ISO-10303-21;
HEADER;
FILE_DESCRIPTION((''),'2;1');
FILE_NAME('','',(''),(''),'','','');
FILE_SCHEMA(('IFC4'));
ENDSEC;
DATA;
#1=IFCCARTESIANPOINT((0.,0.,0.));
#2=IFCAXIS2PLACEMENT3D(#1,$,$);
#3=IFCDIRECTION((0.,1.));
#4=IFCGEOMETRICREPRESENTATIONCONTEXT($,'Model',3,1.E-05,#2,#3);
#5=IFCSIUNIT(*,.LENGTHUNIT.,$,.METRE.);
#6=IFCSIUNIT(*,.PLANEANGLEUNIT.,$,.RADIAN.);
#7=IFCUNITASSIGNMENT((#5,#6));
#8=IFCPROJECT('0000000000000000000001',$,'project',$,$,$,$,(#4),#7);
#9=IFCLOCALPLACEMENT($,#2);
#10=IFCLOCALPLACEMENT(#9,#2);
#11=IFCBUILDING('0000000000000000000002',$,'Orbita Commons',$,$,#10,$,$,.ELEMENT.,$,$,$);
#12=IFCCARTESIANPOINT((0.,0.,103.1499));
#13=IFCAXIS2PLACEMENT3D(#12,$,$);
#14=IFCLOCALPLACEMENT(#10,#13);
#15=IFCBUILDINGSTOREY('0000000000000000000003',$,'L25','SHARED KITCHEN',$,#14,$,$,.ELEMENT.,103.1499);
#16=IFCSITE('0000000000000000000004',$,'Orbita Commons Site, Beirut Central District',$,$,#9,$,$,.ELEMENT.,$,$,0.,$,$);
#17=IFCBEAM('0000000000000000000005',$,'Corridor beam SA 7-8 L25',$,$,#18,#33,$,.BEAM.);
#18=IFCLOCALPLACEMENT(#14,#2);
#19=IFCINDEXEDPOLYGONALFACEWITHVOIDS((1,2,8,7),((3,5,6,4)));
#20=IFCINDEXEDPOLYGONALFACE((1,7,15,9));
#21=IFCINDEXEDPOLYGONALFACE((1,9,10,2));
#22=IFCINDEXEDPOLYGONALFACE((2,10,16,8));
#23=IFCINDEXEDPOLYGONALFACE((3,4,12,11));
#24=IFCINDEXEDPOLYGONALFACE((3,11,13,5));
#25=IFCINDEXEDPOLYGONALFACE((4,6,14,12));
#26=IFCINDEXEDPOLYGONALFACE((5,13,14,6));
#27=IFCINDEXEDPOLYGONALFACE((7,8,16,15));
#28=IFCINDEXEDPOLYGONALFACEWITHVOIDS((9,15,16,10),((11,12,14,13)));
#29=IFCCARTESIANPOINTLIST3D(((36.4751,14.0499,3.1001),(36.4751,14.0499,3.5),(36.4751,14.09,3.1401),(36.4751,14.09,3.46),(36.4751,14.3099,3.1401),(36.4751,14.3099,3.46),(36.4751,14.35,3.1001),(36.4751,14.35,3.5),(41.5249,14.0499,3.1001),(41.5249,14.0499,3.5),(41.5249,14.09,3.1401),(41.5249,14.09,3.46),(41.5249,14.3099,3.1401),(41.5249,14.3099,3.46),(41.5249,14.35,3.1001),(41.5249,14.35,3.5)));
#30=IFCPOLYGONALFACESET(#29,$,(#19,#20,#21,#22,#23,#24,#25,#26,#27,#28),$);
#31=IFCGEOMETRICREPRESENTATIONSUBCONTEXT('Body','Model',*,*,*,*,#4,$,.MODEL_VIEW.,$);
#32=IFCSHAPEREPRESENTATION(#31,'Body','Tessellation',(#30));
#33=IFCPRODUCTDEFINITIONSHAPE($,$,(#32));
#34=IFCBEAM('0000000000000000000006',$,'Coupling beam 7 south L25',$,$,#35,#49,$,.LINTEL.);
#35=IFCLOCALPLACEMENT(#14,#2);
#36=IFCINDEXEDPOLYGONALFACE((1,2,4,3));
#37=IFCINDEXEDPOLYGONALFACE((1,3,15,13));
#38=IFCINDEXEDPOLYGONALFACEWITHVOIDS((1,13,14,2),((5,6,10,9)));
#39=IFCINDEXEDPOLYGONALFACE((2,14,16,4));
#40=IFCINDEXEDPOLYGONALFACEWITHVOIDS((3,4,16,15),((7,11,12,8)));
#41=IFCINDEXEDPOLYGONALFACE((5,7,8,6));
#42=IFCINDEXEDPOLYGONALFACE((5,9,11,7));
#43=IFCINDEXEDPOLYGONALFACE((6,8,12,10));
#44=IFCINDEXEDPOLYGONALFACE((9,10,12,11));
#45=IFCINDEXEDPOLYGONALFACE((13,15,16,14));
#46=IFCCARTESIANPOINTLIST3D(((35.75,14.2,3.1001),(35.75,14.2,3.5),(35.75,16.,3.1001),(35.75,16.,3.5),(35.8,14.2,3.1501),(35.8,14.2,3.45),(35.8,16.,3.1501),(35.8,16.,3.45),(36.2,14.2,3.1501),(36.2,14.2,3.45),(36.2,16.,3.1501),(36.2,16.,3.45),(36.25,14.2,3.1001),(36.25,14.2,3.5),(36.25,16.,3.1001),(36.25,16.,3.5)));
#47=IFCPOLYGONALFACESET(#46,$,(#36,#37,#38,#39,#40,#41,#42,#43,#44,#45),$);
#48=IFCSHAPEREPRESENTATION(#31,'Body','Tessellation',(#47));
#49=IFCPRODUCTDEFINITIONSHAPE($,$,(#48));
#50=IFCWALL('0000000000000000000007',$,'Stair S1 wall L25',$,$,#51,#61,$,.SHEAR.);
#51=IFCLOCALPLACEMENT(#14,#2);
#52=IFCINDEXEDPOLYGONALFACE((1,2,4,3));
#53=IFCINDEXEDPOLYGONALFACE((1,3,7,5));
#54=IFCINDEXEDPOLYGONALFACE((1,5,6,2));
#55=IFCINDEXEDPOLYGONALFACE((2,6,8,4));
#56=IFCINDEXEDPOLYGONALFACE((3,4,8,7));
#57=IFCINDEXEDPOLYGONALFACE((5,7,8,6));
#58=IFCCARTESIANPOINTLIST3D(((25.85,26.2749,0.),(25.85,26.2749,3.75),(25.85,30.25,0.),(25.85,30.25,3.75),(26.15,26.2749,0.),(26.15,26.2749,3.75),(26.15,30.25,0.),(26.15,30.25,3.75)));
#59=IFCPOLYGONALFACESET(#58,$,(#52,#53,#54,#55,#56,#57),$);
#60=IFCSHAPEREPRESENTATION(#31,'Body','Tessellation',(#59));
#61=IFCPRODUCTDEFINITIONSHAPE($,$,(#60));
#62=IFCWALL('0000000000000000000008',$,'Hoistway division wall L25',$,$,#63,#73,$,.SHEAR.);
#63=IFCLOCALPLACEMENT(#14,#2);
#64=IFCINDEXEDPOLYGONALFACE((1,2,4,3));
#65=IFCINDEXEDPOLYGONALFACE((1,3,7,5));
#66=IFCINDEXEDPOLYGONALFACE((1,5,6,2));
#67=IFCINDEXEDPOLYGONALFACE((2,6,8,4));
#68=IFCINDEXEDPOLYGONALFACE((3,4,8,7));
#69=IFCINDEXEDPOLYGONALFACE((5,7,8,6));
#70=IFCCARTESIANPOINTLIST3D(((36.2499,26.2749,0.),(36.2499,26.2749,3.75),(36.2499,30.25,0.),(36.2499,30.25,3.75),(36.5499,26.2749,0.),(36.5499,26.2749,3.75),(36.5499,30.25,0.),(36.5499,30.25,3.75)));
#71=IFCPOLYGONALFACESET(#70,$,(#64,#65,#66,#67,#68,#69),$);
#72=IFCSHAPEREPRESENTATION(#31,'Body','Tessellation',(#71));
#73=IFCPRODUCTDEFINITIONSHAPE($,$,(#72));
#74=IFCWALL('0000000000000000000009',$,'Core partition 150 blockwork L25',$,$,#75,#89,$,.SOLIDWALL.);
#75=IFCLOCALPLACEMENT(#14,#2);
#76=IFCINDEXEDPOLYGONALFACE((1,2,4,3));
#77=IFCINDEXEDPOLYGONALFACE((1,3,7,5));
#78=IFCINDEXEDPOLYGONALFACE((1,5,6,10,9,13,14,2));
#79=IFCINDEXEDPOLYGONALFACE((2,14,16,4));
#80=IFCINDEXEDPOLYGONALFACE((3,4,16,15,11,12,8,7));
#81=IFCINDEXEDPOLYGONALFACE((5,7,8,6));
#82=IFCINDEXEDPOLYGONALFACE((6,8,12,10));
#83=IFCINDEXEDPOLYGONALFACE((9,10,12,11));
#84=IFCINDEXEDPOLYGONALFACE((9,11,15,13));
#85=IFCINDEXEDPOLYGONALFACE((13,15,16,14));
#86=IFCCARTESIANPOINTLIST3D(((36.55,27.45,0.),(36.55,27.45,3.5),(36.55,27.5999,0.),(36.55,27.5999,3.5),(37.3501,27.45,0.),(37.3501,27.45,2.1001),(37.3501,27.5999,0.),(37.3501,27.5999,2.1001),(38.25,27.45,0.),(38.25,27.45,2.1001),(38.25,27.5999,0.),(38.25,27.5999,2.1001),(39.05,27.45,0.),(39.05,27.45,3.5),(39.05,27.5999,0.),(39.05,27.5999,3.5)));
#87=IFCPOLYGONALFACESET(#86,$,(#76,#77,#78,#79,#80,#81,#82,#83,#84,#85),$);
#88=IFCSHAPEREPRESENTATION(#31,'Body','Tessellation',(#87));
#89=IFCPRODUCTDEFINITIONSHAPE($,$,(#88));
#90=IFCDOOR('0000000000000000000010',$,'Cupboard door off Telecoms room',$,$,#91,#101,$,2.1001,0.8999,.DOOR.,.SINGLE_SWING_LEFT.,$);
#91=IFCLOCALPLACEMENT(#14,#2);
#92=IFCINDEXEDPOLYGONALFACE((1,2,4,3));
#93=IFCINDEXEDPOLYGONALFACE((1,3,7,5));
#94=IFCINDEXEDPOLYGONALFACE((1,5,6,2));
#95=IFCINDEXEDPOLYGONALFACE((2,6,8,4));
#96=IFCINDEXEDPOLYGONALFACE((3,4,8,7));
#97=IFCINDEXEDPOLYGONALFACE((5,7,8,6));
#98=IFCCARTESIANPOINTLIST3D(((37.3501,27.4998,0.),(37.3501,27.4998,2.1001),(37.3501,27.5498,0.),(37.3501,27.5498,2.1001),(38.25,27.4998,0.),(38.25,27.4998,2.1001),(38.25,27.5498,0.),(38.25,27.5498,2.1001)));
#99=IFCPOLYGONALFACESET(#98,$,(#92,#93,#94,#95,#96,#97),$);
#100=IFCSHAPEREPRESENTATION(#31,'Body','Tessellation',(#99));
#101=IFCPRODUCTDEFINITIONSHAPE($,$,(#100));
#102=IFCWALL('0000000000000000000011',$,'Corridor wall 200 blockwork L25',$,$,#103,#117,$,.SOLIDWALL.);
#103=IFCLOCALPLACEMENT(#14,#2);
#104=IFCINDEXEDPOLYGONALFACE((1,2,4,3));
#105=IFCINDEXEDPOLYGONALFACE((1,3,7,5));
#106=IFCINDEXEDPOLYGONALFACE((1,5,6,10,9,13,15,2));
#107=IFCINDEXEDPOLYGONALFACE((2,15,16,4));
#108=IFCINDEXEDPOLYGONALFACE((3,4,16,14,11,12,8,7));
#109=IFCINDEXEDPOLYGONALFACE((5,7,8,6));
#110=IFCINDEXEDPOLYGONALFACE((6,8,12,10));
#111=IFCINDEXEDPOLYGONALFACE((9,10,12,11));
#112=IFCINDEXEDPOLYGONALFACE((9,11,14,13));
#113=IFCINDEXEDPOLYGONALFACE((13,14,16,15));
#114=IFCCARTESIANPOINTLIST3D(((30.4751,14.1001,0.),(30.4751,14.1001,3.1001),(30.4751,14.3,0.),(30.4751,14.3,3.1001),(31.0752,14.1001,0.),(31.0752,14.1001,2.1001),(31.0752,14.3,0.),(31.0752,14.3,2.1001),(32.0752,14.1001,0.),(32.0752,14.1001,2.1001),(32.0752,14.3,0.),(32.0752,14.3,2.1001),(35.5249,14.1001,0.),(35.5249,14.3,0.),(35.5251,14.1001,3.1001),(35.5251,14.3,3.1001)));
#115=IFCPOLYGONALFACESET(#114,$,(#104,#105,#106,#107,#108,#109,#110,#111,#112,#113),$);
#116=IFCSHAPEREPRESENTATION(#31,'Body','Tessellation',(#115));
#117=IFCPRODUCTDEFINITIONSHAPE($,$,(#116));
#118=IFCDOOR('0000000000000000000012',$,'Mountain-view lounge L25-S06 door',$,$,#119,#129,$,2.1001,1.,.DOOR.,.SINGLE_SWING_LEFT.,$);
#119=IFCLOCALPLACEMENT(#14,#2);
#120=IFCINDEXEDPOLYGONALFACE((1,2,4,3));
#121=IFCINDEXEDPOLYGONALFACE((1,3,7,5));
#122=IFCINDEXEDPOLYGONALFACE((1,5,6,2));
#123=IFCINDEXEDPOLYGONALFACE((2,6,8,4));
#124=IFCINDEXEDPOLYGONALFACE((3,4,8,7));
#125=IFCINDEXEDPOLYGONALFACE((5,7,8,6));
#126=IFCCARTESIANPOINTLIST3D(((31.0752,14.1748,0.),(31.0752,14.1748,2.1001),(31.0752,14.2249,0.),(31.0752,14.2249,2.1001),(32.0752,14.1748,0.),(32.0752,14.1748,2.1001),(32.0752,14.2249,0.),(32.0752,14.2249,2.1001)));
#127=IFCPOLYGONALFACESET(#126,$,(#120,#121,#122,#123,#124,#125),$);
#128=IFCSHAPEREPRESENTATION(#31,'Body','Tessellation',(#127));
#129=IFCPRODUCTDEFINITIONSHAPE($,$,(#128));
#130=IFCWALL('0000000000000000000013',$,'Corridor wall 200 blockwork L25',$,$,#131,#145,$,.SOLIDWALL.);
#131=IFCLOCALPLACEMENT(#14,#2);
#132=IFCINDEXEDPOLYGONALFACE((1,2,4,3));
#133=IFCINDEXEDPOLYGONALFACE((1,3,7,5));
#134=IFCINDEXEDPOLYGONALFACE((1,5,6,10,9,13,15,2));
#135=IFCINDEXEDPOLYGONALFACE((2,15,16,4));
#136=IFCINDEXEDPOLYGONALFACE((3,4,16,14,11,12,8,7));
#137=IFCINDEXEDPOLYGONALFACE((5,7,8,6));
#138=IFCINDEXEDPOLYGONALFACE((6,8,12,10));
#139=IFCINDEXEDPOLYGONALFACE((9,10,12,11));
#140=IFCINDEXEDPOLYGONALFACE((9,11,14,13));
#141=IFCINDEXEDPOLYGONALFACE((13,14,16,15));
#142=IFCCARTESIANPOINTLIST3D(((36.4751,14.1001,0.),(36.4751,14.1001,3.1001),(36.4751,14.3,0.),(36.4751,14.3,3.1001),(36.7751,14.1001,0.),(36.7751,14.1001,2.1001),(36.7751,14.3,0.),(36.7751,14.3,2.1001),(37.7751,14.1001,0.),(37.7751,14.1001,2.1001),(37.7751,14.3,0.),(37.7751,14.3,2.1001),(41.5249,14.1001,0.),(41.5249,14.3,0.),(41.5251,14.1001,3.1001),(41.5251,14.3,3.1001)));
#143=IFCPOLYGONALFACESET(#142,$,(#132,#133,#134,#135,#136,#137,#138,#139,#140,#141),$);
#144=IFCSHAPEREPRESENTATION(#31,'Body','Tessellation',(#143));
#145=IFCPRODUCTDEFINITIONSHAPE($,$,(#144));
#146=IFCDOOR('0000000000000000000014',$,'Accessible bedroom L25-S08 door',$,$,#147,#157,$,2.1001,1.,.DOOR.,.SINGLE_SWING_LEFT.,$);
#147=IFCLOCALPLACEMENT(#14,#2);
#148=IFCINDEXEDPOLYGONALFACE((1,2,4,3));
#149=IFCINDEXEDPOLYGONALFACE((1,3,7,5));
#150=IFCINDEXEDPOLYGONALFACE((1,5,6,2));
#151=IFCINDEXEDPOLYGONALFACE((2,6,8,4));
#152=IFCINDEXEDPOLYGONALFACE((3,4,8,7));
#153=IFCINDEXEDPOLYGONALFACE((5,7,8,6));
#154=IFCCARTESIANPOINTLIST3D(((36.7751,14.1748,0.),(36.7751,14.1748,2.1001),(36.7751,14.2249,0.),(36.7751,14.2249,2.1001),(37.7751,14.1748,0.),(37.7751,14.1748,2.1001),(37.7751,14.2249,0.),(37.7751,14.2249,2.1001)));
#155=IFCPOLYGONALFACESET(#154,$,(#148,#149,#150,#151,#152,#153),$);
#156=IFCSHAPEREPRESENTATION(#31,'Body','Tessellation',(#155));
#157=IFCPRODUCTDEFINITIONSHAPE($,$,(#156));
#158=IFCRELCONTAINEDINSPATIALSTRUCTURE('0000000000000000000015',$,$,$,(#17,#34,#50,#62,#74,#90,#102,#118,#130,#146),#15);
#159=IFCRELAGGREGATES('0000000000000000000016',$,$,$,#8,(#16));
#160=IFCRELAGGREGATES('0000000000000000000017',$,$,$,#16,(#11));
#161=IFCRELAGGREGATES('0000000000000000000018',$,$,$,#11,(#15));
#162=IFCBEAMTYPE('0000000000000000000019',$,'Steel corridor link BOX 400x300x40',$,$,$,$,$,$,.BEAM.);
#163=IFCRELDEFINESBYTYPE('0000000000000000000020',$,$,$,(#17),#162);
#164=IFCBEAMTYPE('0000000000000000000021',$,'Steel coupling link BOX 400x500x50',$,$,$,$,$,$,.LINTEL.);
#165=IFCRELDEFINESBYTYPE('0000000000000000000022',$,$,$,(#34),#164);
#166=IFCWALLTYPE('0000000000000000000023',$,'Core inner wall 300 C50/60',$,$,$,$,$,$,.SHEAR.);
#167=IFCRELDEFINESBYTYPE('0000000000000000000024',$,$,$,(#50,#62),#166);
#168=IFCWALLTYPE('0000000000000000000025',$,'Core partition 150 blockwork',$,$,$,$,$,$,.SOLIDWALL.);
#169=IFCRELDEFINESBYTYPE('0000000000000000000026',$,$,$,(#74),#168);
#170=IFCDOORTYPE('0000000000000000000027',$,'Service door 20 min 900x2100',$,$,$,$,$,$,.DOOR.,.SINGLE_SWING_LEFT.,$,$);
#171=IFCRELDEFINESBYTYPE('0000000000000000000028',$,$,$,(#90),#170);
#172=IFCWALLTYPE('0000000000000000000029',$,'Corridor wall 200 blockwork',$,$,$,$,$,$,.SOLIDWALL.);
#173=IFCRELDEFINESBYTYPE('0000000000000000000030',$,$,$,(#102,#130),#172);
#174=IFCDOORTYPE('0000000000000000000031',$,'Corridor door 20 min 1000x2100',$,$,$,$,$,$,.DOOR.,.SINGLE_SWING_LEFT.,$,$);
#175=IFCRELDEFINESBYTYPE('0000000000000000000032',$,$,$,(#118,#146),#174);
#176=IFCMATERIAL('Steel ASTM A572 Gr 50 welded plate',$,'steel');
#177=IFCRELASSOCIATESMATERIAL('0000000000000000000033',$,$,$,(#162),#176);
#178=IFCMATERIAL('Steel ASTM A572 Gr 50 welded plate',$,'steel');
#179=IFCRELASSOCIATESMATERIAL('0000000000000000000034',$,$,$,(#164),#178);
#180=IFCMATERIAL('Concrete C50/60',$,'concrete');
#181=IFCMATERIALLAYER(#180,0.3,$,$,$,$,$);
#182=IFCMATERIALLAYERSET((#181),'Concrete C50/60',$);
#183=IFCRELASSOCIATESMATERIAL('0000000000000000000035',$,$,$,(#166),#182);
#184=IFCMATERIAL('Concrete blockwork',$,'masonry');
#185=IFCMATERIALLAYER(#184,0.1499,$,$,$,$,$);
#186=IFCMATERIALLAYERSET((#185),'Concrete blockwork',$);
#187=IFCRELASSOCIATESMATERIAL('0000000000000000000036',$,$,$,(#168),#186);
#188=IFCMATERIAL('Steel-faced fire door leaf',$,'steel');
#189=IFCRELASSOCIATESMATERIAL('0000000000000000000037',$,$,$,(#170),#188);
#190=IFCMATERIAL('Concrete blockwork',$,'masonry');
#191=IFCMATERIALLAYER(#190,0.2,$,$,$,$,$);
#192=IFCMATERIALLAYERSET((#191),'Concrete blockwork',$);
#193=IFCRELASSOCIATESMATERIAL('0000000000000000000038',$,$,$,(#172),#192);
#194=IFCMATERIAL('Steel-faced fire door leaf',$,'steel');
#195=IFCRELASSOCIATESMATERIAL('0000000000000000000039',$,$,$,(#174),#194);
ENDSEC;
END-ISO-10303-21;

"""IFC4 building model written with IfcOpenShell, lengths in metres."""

from ifc_helpers import new_model, si_unit, direction, frame, frame_2d, origin, origin_2d, place, context, subcontext, project, spatial, polyline, rectangle, hollow_rectangle, outline, extrude, material, layer, layer_set, material_profile, profile_set, type_object, element, fill, save


model = new_model("IFC4")

# Units and contexts
model_context = context("Model", 3, precision=1e-05, world=origin(), true_north=direction((0.0, 1.0)))
body_context = subcontext(model_context, "Body", "Model", "MODEL_VIEW")
ifc_project = project(units=[si_unit("LENGTHUNIT", "METRE"), si_unit("PLANEANGLEUNIT", "RADIAN")], contexts=[model_context])

# Site, building, storey
site_placement = place(None, origin())
site = spatial("IfcSite", under=ifc_project, at=site_placement, Name="Orbita Commons Site, Beirut Central District", CompositionType="ELEMENT", RefElevation=0.0)
building_placement = place(site_placement, origin())
building = spatial("IfcBuilding", under=site, at=building_placement, Name="Orbita Commons", CompositionType="ELEMENT")
storey_placement = place(building_placement, frame((0.0, 0.0, 103.1499)))
storey = spatial("IfcBuildingStorey", under=building, at=storey_placement, Name="L25", Description="SHARED KITCHEN", CompositionType="ELEMENT", Elevation=103.1499)

# Beams
ifc_material_1 = material(Name="Steel ASTM A572 Gr 50 welded plate", Category="steel")
ifc_material_profile_1 = material_profile(ifc_material_1, hollow_rectangle(XDim=0.3, YDim=0.3999, WallThickness=0.04, at=origin_2d()), Name="BOX 400x300x40")
ifc_profile_set_1 = profile_set([ifc_material_profile_1], Name="Steel ASTM A572 Gr 50 welded plate")
beam_type_1 = type_object("IfcBeamType", Name="Steel corridor link BOX 400x300x40", PredefinedType="BEAM", material=ifc_profile_set_1)
beam_1_placement = place(storey_placement, frame((36.4751, 14.2, 3.3), z_axis=(1.0, 0.0, 0.0), x_axis=(0.0, 1.0, 0.0)))
element("IfcBeam", 1, at=beam_1_placement, inside=storey, type_object=beam_type_1, Name="Corridor beam SA 7-8 L25", PredefinedType="BEAM", context=body_context, shape_type="SweptSolid", body=[
    extrude(hollow_rectangle(XDim=0.3, YDim=0.3999, WallThickness=0.04, at=origin_2d()), origin(), (0.0, 0.0, 1.0), 5.0498),
])
ifc_material_2 = material(Name="Steel ASTM A572 Gr 50 welded plate", Category="steel")
ifc_material_profile_2 = material_profile(ifc_material_2, hollow_rectangle(XDim=0.5, YDim=0.3999, WallThickness=0.05, at=origin_2d()), Name="BOX 400x500x50")
ifc_profile_set_2 = profile_set([ifc_material_profile_2], Name="Steel ASTM A572 Gr 50 welded plate")
beam_type_2 = type_object("IfcBeamType", Name="Steel coupling link BOX 400x500x50", PredefinedType="LINTEL", material=ifc_profile_set_2)
beam_2_placement = place(storey_placement, frame((36.0, 14.2, 3.3), z_axis=(0.0, 1.0, 0.0), x_axis=(-1.0, 0.0, 0.0)))
element("IfcBeam", 2, at=beam_2_placement, inside=storey, type_object=beam_type_2, Name="Coupling beam 7 south L25", PredefinedType="LINTEL", context=body_context, shape_type="SweptSolid", body=[
    extrude(hollow_rectangle(XDim=0.5, YDim=0.3999, WallThickness=0.05, at=origin_2d()), origin(), (0.0, 0.0, 1.0), 1.8),
])

# Walls
ifc_material_3 = material(Name="Concrete C50/60", Category="concrete")
ifc_layer_1 = layer(ifc_material_3, 0.3)
ifc_layer_set_1 = layer_set([ifc_layer_1], Name="Concrete C50/60")
wall_type_1 = type_object("IfcWallType", Name="Core inner wall 300 C50/60", PredefinedType="SHEAR", material=ifc_layer_set_1)
for number, where, z_axis, x_axis, name in (
    (3, (26.0, 26.2749, 0.0), (0.0, 0.0, 1.0), (0.0, 1.0, 0.0), "Stair S1 wall L25"),
    (4, (36.3999, 26.2749, 0.0), (0.0, 0.0, 1.0), (0.0, 1.0, 0.0), "Hoistway division wall L25"),
):
    element("IfcWall", number, at=place(storey_placement, frame(where, z_axis=z_axis, x_axis=x_axis)), inside=storey, type_object=wall_type_1, Name=name, PredefinedType="SHEAR", context=body_context, shape_type="SweptSolid", body=[
        extrude(rectangle(XDim=3.9751, YDim=0.3, at=frame_2d((1.9875, 0.0))), origin(), (0.0, 0.0, 1.0), 3.75),
    ])

# Walls, openings, doors
ifc_material_4 = material(Name="Concrete blockwork", Category="masonry")
ifc_layer_2 = layer(ifc_material_4, 0.1499)
ifc_layer_set_2 = layer_set([ifc_layer_2], Name="Concrete blockwork")
wall_type_2 = type_object("IfcWallType", Name="Core partition 150 blockwork", PredefinedType="SOLIDWALL", material=ifc_layer_set_2)
wall_1_placement = place(storey_placement, frame((36.55, 27.5249, 0.0), z_axis=(0.0, 0.0, 1.0), x_axis=(1.0, 0.0, 0.0)))
wall_1 = element("IfcWall", 5, at=wall_1_placement, inside=storey, type_object=wall_type_2, Name="Core partition 150 blockwork L25", PredefinedType="SOLIDWALL", context=body_context, shape_type="SweptSolid", body=[
    extrude(rectangle(XDim=2.5, YDim=0.1499, at=frame_2d((1.25, 0.0))), origin(), (0.0, 0.0, 1.0), 3.5),
])
opening_1_placement = place(wall_1_placement, frame((0.8, 0.0, 0.0)))
opening_1 = element("IfcOpeningElement", 6, at=opening_1_placement, cuts=wall_1, PredefinedType="OPENING", context=body_context, shape_type="SweptSolid", body=[
    extrude(rectangle(XDim=0.8999, YDim=2.1001, at=frame_2d((0.45, 1.05))), frame((0.0, 0.085, 0.0), z_axis=(0.0, -1.0, 0.0), x_axis=(1.0, 0.0, 0.0)), (0.0, 0.0, 1.0), 0.1699),
])
ifc_material_5 = material(Name="Steel-faced fire door leaf", Category="steel")
door_type_1 = type_object("IfcDoorType", Name="Service door 20 min 900x2100", OperationType="SINGLE_SWING_LEFT", PredefinedType="DOOR", material=ifc_material_5)
door_1_placement = place(opening_1_placement, origin())
door_1 = element("IfcDoor", 7, at=door_1_placement, inside=storey, type_object=door_type_1, Name="Cupboard door off Telecoms room", OperationType="SINGLE_SWING_LEFT", OverallHeight=2.1001, OverallWidth=0.8999, PredefinedType="DOOR", context=body_context, shape_type="SweptSolid", body=[
    extrude(rectangle(XDim=0.8999, YDim=2.1001, at=frame_2d((0.45, 1.05))), frame((0.0, 0.0249, 0.0), z_axis=(0.0, -1.0, 0.0), x_axis=(1.0, 0.0, 0.0)), (0.0, 0.0, 1.0), 0.05),
])
fill(opening_1, door_1)
ifc_material_6 = material(Name="Concrete blockwork", Category="masonry")
ifc_layer_3 = layer(ifc_material_6, 0.2)
ifc_layer_set_3 = layer_set([ifc_layer_3], Name="Concrete blockwork")
wall_type_3 = type_object("IfcWallType", Name="Corridor wall 200 blockwork", PredefinedType="SOLIDWALL", material=ifc_layer_set_3)
wall_2_placement = place(storey_placement, frame((30.4751, 14.2, 0.0), z_axis=(0.0, 0.0, 1.0), x_axis=(1.0, 0.0, 0.0)))
wall_2 = element("IfcWall", 8, at=wall_2_placement, inside=storey, type_object=wall_type_3, Name="Corridor wall 200 blockwork L25", PredefinedType="SOLIDWALL", context=body_context, shape_type="SweptSolid", body=[
    extrude(outline(polyline([(0.0, 0.0), (5.0498, 0.0), (5.05, 3.1001), (0.0, 3.1001), (0.0, 0.0)])), frame((0.0, 0.1001, 0.0), z_axis=(0.0, -1.0, 0.0), x_axis=(1.0, 0.0, 0.0)), (0.0, 0.0, 1.0), 0.2),
])
opening_2_placement = place(wall_2_placement, frame((0.6001, 0.0, 0.0)))
opening_2 = element("IfcOpeningElement", 9, at=opening_2_placement, cuts=wall_2, PredefinedType="OPENING", context=body_context, shape_type="SweptSolid", body=[
    extrude(rectangle(XDim=1.0, YDim=2.1001, at=frame_2d((0.5, 1.05))), frame((0.0, 0.1099, 0.0), z_axis=(0.0, -1.0, 0.0), x_axis=(1.0, 0.0, 0.0)), (0.0, 0.0, 1.0), 0.22),
])
ifc_material_7 = material(Name="Steel-faced fire door leaf", Category="steel")
door_type_2 = type_object("IfcDoorType", Name="Corridor door 20 min 1000x2100", OperationType="SINGLE_SWING_LEFT", PredefinedType="DOOR", material=ifc_material_7)
door_2_placement = place(opening_2_placement, origin())
door_2 = element("IfcDoor", 10, at=door_2_placement, inside=storey, type_object=door_type_2, Name="Mountain-view lounge L25-S06 door", OperationType="SINGLE_SWING_LEFT", OverallHeight=2.1001, OverallWidth=1.0, PredefinedType="DOOR", context=body_context, shape_type="SweptSolid", body=[
    extrude(rectangle(XDim=1.0, YDim=2.1001, at=frame_2d((0.5, 1.05))), frame((0.0, 0.0249, 0.0), z_axis=(0.0, -1.0, 0.0), x_axis=(1.0, 0.0, 0.0)), (0.0, 0.0, 1.0), 0.05),
])
fill(opening_2, door_2)
wall_3_placement = place(storey_placement, frame((36.4751, 14.2, 0.0), z_axis=(0.0, 0.0, 1.0), x_axis=(1.0, 0.0, 0.0)))
wall_3 = element("IfcWall", 11, at=wall_3_placement, inside=storey, type_object=wall_type_3, Name="Corridor wall 200 blockwork L25", PredefinedType="SOLIDWALL", context=body_context, shape_type="SweptSolid", body=[
    extrude(outline(polyline([(0.0, 0.0), (5.0498, 0.0), (5.05, 3.1001), (0.0, 3.1001), (0.0, 0.0)])), frame((0.0, 0.1001, 0.0), z_axis=(0.0, -1.0, 0.0), x_axis=(1.0, 0.0, 0.0)), (0.0, 0.0, 1.0), 0.2),
])
opening_3_placement = place(wall_3_placement, frame((0.3, 0.0, 0.0)))
opening_3 = element("IfcOpeningElement", 12, at=opening_3_placement, cuts=wall_3, PredefinedType="OPENING", context=body_context, shape_type="SweptSolid", body=[
    extrude(rectangle(XDim=1.0, YDim=2.1001, at=frame_2d((0.5, 1.05))), frame((0.0, 0.1099, 0.0), z_axis=(0.0, -1.0, 0.0), x_axis=(1.0, 0.0, 0.0)), (0.0, 0.0, 1.0), 0.22),
])
door_3_placement = place(opening_3_placement, origin())
door_3 = element("IfcDoor", 13, at=door_3_placement, inside=storey, type_object=door_type_2, Name="Accessible bedroom L25-S08 door", OperationType="SINGLE_SWING_LEFT", OverallHeight=2.1001, OverallWidth=1.0, PredefinedType="DOOR", context=body_context, shape_type="SweptSolid", body=[
    extrude(rectangle(XDim=1.0, YDim=2.1001, at=frame_2d((0.5, 1.05))), frame((0.0, 0.0249, 0.0), z_axis=(0.0, -1.0, 0.0), x_axis=(1.0, 0.0, 0.0)), (0.0, 0.0, 1.0), 0.05),
])
fill(opening_3, door_3)

save(model, "model.ifc")
